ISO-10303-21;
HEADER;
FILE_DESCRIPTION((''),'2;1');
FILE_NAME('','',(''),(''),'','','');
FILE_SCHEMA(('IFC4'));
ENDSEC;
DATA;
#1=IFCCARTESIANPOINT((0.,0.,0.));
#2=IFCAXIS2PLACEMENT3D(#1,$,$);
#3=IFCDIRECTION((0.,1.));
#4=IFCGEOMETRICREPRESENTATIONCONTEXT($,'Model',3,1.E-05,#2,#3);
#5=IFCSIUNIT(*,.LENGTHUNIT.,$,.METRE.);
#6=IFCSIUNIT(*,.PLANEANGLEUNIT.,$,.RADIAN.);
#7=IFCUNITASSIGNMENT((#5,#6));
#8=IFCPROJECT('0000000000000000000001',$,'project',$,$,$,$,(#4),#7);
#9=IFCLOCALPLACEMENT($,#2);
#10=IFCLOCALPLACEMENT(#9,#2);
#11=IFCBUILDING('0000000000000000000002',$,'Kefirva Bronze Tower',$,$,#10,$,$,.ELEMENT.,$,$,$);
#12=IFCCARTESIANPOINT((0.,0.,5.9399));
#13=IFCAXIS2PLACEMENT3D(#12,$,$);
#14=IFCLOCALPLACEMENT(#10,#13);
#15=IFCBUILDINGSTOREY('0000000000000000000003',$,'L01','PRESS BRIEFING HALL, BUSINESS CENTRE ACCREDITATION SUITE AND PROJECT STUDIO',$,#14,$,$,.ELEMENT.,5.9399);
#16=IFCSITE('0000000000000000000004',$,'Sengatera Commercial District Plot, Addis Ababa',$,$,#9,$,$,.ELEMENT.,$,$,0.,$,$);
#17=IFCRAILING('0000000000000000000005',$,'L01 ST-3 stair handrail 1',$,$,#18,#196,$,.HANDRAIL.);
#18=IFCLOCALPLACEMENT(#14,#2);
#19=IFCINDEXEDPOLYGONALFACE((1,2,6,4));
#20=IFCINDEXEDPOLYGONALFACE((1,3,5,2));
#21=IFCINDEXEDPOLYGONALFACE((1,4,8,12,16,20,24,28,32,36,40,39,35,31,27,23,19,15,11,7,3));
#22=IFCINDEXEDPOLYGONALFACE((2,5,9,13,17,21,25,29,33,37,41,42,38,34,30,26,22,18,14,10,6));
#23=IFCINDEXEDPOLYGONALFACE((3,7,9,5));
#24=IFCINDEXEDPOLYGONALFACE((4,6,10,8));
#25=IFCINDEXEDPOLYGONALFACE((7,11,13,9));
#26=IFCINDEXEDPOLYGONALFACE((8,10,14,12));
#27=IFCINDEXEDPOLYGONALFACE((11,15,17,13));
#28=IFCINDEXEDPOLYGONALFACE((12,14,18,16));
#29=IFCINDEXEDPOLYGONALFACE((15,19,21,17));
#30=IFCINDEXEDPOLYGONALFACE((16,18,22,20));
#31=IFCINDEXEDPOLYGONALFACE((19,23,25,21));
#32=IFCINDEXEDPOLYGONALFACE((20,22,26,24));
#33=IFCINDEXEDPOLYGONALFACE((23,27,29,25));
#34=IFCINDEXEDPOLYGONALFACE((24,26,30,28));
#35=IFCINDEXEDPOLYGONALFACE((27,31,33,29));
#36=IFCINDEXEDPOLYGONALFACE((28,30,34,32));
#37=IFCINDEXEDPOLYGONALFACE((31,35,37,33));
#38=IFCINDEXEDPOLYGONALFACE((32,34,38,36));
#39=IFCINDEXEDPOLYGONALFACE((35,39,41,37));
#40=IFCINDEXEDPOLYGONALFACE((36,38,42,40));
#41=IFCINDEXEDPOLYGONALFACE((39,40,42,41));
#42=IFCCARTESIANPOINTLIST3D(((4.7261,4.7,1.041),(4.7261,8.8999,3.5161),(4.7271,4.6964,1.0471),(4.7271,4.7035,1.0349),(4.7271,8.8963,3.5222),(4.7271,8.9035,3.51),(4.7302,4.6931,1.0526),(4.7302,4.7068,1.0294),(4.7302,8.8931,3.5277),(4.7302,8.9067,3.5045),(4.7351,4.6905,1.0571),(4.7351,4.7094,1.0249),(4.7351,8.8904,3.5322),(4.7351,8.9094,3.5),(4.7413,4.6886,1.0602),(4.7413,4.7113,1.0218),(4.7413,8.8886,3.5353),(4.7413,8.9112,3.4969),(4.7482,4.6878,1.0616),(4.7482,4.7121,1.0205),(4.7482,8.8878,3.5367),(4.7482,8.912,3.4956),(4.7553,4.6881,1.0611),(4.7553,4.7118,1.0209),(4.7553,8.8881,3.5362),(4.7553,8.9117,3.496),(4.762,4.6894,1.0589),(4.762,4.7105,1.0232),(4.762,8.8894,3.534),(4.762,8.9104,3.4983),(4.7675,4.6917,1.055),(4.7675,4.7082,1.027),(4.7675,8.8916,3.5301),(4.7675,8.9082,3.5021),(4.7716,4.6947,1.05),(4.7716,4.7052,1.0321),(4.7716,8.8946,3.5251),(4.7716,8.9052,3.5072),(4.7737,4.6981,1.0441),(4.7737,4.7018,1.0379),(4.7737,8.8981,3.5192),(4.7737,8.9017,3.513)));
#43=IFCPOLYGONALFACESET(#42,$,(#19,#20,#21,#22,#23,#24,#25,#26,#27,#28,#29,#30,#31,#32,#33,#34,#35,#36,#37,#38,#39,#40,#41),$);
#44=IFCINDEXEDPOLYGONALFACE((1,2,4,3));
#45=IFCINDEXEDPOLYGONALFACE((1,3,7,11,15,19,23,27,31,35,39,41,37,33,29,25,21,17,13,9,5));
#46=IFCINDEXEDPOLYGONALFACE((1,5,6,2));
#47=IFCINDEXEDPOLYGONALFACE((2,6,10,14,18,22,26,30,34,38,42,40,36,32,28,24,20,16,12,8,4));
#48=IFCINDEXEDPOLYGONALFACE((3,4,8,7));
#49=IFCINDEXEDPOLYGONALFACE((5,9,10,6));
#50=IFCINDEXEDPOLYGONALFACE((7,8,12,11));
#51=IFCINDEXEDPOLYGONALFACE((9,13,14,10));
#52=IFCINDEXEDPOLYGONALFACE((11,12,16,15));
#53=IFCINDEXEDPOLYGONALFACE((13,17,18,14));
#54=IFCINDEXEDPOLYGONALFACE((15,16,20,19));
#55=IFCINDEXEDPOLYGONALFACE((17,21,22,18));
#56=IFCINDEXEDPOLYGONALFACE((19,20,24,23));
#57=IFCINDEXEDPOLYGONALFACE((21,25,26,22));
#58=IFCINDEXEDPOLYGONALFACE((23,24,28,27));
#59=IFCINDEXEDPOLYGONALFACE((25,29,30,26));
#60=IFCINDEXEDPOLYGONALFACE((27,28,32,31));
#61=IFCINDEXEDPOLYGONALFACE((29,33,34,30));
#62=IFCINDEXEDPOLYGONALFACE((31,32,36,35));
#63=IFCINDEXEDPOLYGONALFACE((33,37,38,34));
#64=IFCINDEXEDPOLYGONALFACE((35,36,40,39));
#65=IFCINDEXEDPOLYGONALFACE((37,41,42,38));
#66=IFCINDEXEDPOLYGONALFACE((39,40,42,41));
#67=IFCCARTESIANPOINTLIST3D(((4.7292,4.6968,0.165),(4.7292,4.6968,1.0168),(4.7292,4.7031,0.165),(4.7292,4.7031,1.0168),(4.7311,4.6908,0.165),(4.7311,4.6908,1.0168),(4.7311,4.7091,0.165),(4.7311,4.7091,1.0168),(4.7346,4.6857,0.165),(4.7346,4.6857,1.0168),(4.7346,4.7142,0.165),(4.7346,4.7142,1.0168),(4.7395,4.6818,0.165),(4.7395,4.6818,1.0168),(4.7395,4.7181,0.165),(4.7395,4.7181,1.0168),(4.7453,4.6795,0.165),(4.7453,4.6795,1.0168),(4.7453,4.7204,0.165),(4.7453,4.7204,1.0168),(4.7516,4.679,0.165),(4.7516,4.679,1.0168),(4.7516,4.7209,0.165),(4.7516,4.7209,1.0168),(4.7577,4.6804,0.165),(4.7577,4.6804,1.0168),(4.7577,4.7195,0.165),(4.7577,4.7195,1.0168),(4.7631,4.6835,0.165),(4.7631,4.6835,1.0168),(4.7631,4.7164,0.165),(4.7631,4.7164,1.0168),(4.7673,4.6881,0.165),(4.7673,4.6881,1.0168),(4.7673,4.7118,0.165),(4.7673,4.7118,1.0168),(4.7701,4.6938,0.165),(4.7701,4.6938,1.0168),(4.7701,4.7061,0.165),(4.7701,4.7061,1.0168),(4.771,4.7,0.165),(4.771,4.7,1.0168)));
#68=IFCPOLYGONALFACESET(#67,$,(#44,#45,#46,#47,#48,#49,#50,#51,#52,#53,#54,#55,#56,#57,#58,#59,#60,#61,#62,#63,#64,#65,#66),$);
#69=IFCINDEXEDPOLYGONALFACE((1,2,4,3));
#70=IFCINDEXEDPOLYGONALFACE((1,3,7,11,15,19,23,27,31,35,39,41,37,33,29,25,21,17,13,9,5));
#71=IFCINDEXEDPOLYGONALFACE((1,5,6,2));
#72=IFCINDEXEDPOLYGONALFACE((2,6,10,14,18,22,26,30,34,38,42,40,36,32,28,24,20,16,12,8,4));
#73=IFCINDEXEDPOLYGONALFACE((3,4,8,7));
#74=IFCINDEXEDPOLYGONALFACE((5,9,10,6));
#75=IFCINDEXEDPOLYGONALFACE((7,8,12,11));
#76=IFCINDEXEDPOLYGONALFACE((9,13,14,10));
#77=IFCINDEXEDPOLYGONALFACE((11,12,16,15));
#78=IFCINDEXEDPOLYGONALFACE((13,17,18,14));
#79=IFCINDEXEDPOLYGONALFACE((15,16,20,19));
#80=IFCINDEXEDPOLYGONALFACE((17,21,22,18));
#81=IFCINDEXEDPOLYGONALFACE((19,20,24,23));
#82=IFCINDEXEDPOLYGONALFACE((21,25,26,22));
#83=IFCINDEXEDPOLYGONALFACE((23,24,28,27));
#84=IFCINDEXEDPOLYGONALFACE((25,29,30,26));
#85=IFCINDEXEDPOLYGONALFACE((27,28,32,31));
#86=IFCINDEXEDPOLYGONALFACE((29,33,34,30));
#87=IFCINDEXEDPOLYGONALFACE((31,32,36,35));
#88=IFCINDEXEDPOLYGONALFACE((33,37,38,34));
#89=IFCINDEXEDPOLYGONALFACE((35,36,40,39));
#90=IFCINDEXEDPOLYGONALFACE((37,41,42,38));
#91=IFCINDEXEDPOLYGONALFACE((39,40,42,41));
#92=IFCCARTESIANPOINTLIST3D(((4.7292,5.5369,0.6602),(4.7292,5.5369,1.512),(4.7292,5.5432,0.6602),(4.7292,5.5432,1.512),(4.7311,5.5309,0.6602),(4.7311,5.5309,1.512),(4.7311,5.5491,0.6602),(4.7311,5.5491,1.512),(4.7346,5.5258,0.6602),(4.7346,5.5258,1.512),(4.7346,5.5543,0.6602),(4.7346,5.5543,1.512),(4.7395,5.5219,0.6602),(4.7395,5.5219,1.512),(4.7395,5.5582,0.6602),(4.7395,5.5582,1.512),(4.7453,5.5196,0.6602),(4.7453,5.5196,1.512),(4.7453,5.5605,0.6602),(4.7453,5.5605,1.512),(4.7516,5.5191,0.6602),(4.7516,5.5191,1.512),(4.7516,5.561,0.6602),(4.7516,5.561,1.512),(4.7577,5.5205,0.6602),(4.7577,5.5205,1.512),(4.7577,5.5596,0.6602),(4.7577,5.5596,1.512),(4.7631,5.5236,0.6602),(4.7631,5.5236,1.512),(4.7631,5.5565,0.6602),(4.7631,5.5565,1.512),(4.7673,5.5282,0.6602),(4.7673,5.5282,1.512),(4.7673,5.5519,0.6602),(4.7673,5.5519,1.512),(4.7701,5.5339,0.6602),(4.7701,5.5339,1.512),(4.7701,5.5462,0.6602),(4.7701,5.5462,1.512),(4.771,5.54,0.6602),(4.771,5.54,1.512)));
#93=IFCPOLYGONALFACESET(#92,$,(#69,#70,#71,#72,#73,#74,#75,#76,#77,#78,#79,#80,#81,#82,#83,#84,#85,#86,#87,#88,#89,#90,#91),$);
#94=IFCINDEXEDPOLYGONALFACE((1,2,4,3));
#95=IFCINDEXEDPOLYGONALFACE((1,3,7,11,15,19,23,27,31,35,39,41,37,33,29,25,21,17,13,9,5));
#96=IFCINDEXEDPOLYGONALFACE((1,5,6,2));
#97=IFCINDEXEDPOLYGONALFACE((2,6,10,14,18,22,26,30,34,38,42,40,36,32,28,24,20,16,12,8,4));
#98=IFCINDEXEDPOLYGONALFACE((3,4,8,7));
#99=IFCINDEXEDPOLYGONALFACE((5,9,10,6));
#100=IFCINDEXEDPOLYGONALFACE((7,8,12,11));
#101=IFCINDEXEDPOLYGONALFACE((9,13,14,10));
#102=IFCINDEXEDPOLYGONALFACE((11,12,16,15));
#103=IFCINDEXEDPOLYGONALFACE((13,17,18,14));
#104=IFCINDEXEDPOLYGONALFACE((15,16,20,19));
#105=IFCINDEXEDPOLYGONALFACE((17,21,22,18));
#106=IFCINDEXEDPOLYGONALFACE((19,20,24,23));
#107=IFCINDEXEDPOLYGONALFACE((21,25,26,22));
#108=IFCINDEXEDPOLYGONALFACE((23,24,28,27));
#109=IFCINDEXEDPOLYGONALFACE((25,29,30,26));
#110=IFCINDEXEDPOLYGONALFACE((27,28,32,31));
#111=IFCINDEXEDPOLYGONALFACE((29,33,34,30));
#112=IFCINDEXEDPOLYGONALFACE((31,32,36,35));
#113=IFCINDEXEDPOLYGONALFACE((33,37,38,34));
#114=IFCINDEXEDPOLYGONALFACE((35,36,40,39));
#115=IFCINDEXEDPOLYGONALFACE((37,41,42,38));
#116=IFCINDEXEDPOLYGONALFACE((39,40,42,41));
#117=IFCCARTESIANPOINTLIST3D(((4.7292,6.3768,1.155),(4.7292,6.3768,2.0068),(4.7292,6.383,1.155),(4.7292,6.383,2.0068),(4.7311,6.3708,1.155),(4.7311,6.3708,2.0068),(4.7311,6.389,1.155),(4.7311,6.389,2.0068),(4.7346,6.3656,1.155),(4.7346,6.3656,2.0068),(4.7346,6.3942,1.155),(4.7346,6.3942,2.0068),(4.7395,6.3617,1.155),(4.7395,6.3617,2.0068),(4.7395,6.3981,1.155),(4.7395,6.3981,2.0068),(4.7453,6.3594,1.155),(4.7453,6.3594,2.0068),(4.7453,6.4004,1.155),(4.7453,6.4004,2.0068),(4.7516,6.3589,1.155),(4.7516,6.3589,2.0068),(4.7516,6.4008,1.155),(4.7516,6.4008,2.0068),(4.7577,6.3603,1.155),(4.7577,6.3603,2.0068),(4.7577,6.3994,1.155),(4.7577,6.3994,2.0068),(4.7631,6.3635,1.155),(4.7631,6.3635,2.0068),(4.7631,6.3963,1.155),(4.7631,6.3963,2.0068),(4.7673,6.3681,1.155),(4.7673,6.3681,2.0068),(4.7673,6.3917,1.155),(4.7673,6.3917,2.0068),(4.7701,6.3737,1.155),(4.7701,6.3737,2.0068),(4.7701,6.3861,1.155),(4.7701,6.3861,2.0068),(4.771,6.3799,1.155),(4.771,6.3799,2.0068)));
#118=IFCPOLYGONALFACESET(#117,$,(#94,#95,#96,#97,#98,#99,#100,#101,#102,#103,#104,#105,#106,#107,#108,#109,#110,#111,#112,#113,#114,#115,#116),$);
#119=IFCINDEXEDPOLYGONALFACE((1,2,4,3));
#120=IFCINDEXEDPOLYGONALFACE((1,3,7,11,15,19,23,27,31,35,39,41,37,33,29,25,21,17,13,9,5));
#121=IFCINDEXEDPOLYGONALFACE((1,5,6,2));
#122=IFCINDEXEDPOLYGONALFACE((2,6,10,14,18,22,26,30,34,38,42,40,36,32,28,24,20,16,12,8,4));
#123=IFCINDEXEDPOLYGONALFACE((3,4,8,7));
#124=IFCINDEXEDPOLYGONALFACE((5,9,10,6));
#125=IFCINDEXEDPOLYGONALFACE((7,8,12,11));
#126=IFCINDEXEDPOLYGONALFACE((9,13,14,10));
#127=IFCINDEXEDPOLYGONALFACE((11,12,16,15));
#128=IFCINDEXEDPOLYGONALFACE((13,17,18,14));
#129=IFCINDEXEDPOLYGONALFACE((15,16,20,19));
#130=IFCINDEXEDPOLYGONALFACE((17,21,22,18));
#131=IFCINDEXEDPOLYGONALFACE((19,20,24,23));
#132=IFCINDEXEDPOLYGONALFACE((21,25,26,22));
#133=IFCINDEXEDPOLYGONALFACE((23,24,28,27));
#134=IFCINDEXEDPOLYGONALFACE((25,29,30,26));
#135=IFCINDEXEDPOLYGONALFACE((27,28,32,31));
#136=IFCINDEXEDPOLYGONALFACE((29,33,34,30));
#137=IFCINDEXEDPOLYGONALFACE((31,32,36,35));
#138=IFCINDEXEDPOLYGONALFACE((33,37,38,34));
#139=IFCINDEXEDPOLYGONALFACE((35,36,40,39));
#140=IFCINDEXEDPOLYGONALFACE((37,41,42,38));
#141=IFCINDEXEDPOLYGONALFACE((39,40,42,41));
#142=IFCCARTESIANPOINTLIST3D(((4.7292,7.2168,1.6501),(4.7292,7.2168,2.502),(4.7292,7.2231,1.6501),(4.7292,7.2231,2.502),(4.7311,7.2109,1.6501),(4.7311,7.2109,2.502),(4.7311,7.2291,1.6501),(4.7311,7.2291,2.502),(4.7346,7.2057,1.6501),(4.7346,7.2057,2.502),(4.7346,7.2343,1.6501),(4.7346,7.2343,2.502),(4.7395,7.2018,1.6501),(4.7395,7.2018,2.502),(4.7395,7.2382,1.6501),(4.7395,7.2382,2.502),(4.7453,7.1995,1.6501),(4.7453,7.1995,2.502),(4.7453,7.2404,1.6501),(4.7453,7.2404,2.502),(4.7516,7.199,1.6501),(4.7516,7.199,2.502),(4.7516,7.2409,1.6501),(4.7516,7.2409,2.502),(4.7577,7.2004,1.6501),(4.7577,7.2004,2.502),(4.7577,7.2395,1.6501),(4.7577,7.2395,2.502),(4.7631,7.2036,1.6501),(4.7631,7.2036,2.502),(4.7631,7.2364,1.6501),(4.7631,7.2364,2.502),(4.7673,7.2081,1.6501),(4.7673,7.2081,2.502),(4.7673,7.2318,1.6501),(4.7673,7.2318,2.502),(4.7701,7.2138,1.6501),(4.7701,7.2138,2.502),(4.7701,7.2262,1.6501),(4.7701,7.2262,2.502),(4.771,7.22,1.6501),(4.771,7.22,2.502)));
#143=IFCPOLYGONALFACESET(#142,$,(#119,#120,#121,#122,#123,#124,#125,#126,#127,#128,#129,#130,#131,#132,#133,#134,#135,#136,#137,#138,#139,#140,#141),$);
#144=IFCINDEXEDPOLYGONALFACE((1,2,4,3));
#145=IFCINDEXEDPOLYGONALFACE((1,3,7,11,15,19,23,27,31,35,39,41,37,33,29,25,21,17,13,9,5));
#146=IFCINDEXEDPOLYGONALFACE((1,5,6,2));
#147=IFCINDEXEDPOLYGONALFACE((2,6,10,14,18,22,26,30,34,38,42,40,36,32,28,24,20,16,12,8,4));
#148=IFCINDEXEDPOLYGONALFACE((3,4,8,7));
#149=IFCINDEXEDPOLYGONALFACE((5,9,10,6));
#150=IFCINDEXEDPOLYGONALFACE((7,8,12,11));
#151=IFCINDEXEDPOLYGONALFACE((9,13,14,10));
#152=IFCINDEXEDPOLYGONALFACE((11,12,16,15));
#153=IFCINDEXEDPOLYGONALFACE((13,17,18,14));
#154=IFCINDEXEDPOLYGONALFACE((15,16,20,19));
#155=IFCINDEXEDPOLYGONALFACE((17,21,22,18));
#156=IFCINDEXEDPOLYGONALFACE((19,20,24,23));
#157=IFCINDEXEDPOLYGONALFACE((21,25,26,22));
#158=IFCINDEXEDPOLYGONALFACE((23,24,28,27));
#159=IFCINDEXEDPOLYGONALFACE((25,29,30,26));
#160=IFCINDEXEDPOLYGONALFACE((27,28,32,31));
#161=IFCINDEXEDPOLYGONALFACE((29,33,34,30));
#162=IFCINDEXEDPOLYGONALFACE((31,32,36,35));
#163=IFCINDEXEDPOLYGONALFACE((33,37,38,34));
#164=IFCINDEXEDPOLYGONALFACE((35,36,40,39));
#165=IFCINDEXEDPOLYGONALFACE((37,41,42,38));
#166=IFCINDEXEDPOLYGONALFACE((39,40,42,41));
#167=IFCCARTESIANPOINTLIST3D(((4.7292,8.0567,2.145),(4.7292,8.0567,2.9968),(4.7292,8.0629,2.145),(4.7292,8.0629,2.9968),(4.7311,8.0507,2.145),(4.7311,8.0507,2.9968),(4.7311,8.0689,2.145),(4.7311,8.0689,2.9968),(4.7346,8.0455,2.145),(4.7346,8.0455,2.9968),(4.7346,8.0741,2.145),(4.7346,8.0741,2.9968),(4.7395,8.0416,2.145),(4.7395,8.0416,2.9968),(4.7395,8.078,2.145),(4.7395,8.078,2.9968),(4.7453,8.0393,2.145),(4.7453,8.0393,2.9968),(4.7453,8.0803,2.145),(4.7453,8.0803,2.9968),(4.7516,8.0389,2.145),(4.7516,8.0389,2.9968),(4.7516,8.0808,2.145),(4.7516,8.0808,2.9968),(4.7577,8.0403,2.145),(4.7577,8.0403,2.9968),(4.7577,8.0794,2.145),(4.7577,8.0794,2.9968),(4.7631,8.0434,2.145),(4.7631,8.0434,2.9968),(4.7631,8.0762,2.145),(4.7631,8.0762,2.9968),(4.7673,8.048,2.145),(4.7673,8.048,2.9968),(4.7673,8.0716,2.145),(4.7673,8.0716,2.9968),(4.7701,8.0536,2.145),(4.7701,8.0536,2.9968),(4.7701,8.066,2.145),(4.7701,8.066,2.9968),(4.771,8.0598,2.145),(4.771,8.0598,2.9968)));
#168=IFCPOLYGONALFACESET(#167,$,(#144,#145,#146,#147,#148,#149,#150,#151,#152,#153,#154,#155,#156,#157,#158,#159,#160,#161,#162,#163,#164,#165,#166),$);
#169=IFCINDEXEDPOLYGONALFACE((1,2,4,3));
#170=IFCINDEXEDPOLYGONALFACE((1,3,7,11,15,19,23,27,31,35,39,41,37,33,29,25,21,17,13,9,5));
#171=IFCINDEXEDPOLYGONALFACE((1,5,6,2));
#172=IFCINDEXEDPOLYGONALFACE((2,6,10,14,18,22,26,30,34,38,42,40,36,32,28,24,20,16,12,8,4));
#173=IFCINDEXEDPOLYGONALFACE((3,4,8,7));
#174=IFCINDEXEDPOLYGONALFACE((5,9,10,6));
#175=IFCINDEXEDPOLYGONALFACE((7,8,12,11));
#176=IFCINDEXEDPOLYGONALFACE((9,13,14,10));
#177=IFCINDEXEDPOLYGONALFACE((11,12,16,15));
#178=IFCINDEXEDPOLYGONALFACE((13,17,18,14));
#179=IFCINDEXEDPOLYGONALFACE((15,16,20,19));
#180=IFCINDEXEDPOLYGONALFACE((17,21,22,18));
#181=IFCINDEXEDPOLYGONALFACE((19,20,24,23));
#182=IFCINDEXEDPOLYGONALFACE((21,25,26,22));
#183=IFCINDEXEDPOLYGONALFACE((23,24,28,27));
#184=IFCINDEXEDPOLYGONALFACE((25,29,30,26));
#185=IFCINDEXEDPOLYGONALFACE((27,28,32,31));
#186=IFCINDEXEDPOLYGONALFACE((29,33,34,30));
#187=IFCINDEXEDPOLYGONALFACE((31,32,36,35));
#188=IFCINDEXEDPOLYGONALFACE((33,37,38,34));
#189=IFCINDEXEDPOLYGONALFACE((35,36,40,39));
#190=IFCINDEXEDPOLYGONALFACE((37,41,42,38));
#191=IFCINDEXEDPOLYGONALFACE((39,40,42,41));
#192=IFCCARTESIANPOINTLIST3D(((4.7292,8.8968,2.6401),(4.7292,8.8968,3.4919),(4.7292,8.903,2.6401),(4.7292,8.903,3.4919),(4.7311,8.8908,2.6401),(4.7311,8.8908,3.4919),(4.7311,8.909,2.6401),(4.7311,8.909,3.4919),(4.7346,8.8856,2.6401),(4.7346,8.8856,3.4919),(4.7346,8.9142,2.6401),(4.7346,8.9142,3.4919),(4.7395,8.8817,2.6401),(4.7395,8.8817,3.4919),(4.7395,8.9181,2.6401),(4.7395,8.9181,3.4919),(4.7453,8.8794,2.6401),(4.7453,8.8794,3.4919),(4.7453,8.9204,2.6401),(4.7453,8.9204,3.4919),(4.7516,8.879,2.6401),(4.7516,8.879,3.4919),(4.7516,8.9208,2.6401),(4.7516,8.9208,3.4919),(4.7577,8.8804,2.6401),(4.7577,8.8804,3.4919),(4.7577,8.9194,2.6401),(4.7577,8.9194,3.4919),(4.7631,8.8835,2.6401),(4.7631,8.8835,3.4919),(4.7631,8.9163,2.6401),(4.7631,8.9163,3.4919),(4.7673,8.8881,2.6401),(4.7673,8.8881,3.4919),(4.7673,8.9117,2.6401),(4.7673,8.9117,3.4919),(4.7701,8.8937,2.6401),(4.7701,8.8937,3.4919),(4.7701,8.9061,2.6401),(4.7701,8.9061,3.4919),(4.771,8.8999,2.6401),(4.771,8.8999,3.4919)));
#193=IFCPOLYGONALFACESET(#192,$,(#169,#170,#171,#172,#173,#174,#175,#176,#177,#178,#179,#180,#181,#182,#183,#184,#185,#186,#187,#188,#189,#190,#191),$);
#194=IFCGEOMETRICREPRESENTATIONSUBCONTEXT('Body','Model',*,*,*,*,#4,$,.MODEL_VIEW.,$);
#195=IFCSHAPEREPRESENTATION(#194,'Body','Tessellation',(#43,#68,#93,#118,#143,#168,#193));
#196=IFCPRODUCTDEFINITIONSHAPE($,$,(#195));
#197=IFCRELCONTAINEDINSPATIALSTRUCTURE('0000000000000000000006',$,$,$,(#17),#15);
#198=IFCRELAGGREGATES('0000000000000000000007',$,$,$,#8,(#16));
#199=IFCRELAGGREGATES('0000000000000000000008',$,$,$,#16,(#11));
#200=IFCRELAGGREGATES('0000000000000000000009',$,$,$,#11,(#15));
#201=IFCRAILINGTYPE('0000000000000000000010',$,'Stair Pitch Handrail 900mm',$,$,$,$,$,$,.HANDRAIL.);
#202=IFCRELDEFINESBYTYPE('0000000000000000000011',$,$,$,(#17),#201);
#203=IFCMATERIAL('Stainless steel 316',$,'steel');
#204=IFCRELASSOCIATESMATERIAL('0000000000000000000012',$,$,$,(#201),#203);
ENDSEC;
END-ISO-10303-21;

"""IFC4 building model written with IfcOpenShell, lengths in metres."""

from ifc_helpers import new_model, si_unit, direction, frame, origin, origin_2d, place, context, subcontext, project, spatial, circle, extrude, material, type_object, element, save


model = new_model("IFC4")

# Units and contexts
model_context = context("Model", 3, precision=1e-05, world=origin(), true_north=direction((0.0, 1.0)))
body_context = subcontext(model_context, "Body", "Model", "MODEL_VIEW")
ifc_project = project(units=[si_unit("LENGTHUNIT", "METRE"), si_unit("PLANEANGLEUNIT", "RADIAN")], contexts=[model_context])

# Site, building, storey
site_placement = place(None, origin())
site = spatial("IfcSite", under=ifc_project, at=site_placement, Name="Sengatera Commercial District Plot, Addis Ababa", CompositionType="ELEMENT", RefElevation=0.0)
building_placement = place(site_placement, origin())
building = spatial("IfcBuilding", under=site, at=building_placement, Name="Kefirva Bronze Tower", CompositionType="ELEMENT")
storey_placement = place(building_placement, frame((0.0, 0.0, 5.9399)))
storey = spatial("IfcBuildingStorey", under=building, at=storey_placement, Name="L01", Description="PRESS BRIEFING HALL, BUSINESS CENTRE ACCREDITATION SUITE AND PROJECT STUDIO", CompositionType="ELEMENT", Elevation=5.9399)

# Railing
ifc_material_1 = material(Name="Stainless steel 316", Category="steel")
railing_type_1 = type_object("IfcRailingType", Name="Stair Pitch Handrail 900mm", PredefinedType="HANDRAIL", material=ifc_material_1)
railing_1_placement = place(storey_placement, frame((4.75, 4.7, 0.165)))
element("IfcRailing", 1, at=railing_1_placement, inside=storey, type_object=railing_type_1, Name="L01 ST-3 stair handrail 1", PredefinedType="HANDRAIL", context=body_context, shape_type="SweptSolid", body=[
    extrude(circle(Radius=0.0239, at=origin_2d()), frame((0.0, 0.0, 0.876), z_axis=(0.0, 0.861527, 0.507712), x_axis=(-1.0, 0.0, 0.0)), (0.0, 0.0, 1.0), 4.875),
    extrude(circle(Radius=0.021, at=origin_2d()), origin(), (0.0, 0.0, 1.0), 0.8518),
    extrude(circle(Radius=0.021, at=origin_2d()), frame((0.0, 0.8401, 0.4951)), (0.0, 0.0, 1.0), 0.8518),
    extrude(circle(Radius=0.021, at=origin_2d()), frame((0.0, 1.6799, 0.99)), (0.0, 0.0, 1.0), 0.8518),
    extrude(circle(Radius=0.021, at=origin_2d()), frame((0.0, 2.52, 1.4851)), (0.0, 0.0, 1.0), 0.8518),
    extrude(circle(Radius=0.021, at=origin_2d()), frame((0.0, 3.3599, 1.98)), (0.0, 0.0, 1.0), 0.8518),
    extrude(circle(Radius=0.021, at=origin_2d()), frame((0.0, 4.2, 2.4751)), (0.0, 0.0, 1.0), 0.8518),
])

save(model, "model.ifc")
